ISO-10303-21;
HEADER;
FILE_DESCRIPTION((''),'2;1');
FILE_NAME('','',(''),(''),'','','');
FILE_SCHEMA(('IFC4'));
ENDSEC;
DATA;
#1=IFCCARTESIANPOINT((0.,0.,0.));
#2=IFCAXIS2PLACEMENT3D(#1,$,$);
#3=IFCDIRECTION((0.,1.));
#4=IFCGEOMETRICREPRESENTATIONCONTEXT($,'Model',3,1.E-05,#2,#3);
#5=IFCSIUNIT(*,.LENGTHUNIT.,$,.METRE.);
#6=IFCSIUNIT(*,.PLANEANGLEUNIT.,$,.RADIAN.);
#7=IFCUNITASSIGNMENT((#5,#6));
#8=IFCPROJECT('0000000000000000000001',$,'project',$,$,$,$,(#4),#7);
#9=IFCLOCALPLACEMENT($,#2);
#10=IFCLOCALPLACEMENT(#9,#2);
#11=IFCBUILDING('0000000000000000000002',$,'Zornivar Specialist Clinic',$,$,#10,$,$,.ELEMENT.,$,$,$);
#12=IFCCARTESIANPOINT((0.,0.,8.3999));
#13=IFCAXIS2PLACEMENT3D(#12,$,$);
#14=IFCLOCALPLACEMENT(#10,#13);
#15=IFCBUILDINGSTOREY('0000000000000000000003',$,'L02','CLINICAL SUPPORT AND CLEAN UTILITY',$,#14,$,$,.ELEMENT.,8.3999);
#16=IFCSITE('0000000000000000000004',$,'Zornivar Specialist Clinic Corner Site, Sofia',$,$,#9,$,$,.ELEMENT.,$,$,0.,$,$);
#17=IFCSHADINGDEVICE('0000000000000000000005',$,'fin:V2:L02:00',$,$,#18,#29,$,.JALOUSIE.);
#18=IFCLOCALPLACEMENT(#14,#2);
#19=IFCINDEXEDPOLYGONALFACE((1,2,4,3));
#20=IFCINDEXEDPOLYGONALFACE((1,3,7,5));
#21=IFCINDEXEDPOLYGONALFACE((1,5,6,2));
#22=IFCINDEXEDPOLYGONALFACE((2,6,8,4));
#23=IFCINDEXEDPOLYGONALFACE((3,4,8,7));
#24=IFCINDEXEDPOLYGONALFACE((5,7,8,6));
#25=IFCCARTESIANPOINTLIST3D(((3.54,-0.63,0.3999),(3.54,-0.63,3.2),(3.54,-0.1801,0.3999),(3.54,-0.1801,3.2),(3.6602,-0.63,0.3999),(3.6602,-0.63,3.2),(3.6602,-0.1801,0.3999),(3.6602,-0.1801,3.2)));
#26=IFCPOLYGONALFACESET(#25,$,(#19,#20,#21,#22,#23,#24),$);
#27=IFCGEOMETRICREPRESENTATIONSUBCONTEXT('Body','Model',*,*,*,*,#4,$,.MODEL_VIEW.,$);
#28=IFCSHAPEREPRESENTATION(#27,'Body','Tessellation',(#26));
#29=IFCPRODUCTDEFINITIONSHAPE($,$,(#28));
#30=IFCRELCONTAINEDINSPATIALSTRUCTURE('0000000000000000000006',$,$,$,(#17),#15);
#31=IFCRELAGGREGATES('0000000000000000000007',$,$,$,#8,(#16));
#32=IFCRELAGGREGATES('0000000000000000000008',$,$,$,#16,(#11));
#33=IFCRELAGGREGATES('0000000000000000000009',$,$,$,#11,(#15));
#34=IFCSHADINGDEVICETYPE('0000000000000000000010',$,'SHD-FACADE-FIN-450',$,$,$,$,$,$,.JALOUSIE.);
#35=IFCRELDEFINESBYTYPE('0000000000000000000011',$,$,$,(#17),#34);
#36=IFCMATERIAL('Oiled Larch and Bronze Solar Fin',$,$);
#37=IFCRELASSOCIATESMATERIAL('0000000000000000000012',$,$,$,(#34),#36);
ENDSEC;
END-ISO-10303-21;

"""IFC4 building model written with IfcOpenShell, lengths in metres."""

from ifc_helpers import new_model, si_unit, direction, frame, origin, origin_2d, place, context, subcontext, project, spatial, rectangle, extrude, material, type_object, element, save


model = new_model("IFC4")

# Units and contexts
model_context = context("Model", 3, precision=1e-05, world=origin(), true_north=direction((0.0, 1.0)))
body_context = subcontext(model_context, "Body", "Model", "MODEL_VIEW")
ifc_project = project(units=[si_unit("LENGTHUNIT", "METRE"), si_unit("PLANEANGLEUNIT", "RADIAN")], contexts=[model_context])

# Site, building, storey
site_placement = place(None, origin())
site = spatial("IfcSite", under=ifc_project, at=site_placement, Name="Zornivar Specialist Clinic Corner Site, Sofia", CompositionType="ELEMENT", RefElevation=0.0)
building_placement = place(site_placement, origin())
building = spatial("IfcBuilding", under=site, at=building_placement, Name="Zornivar Specialist Clinic", CompositionType="ELEMENT")
storey_placement = place(building_placement, frame((0.0, 0.0, 8.3999)))
storey = spatial("IfcBuildingStorey", under=building, at=storey_placement, Name="L02", Description="CLINICAL SUPPORT AND CLEAN UTILITY", CompositionType="ELEMENT", Elevation=8.3999)

# Shading device
ifc_material_1 = material(Name="Oiled Larch and Bronze Solar Fin")
shading_device_type = type_object("IfcShadingDeviceType", Name="SHD-FACADE-FIN-450", PredefinedType="JALOUSIE", material=ifc_material_1)
shading_device_placement = place(storey_placement, frame((3.6001, -0.405, 0.3999), z_axis=(0.0, 0.0, 1.0), x_axis=(1.0, 0.0, 0.0)))
element("IfcShadingDevice", 1, at=shading_device_placement, inside=storey, type_object=shading_device_type, Name="fin:V2:L02:00", PredefinedType="JALOUSIE", context=body_context, shape_type="SweptSolid", body=[
    extrude(rectangle(XDim=0.1201, YDim=0.45, at=origin_2d()), origin(), (0.0, 0.0, 1.0), 2.8),
])

save(model, "model.ifc")
